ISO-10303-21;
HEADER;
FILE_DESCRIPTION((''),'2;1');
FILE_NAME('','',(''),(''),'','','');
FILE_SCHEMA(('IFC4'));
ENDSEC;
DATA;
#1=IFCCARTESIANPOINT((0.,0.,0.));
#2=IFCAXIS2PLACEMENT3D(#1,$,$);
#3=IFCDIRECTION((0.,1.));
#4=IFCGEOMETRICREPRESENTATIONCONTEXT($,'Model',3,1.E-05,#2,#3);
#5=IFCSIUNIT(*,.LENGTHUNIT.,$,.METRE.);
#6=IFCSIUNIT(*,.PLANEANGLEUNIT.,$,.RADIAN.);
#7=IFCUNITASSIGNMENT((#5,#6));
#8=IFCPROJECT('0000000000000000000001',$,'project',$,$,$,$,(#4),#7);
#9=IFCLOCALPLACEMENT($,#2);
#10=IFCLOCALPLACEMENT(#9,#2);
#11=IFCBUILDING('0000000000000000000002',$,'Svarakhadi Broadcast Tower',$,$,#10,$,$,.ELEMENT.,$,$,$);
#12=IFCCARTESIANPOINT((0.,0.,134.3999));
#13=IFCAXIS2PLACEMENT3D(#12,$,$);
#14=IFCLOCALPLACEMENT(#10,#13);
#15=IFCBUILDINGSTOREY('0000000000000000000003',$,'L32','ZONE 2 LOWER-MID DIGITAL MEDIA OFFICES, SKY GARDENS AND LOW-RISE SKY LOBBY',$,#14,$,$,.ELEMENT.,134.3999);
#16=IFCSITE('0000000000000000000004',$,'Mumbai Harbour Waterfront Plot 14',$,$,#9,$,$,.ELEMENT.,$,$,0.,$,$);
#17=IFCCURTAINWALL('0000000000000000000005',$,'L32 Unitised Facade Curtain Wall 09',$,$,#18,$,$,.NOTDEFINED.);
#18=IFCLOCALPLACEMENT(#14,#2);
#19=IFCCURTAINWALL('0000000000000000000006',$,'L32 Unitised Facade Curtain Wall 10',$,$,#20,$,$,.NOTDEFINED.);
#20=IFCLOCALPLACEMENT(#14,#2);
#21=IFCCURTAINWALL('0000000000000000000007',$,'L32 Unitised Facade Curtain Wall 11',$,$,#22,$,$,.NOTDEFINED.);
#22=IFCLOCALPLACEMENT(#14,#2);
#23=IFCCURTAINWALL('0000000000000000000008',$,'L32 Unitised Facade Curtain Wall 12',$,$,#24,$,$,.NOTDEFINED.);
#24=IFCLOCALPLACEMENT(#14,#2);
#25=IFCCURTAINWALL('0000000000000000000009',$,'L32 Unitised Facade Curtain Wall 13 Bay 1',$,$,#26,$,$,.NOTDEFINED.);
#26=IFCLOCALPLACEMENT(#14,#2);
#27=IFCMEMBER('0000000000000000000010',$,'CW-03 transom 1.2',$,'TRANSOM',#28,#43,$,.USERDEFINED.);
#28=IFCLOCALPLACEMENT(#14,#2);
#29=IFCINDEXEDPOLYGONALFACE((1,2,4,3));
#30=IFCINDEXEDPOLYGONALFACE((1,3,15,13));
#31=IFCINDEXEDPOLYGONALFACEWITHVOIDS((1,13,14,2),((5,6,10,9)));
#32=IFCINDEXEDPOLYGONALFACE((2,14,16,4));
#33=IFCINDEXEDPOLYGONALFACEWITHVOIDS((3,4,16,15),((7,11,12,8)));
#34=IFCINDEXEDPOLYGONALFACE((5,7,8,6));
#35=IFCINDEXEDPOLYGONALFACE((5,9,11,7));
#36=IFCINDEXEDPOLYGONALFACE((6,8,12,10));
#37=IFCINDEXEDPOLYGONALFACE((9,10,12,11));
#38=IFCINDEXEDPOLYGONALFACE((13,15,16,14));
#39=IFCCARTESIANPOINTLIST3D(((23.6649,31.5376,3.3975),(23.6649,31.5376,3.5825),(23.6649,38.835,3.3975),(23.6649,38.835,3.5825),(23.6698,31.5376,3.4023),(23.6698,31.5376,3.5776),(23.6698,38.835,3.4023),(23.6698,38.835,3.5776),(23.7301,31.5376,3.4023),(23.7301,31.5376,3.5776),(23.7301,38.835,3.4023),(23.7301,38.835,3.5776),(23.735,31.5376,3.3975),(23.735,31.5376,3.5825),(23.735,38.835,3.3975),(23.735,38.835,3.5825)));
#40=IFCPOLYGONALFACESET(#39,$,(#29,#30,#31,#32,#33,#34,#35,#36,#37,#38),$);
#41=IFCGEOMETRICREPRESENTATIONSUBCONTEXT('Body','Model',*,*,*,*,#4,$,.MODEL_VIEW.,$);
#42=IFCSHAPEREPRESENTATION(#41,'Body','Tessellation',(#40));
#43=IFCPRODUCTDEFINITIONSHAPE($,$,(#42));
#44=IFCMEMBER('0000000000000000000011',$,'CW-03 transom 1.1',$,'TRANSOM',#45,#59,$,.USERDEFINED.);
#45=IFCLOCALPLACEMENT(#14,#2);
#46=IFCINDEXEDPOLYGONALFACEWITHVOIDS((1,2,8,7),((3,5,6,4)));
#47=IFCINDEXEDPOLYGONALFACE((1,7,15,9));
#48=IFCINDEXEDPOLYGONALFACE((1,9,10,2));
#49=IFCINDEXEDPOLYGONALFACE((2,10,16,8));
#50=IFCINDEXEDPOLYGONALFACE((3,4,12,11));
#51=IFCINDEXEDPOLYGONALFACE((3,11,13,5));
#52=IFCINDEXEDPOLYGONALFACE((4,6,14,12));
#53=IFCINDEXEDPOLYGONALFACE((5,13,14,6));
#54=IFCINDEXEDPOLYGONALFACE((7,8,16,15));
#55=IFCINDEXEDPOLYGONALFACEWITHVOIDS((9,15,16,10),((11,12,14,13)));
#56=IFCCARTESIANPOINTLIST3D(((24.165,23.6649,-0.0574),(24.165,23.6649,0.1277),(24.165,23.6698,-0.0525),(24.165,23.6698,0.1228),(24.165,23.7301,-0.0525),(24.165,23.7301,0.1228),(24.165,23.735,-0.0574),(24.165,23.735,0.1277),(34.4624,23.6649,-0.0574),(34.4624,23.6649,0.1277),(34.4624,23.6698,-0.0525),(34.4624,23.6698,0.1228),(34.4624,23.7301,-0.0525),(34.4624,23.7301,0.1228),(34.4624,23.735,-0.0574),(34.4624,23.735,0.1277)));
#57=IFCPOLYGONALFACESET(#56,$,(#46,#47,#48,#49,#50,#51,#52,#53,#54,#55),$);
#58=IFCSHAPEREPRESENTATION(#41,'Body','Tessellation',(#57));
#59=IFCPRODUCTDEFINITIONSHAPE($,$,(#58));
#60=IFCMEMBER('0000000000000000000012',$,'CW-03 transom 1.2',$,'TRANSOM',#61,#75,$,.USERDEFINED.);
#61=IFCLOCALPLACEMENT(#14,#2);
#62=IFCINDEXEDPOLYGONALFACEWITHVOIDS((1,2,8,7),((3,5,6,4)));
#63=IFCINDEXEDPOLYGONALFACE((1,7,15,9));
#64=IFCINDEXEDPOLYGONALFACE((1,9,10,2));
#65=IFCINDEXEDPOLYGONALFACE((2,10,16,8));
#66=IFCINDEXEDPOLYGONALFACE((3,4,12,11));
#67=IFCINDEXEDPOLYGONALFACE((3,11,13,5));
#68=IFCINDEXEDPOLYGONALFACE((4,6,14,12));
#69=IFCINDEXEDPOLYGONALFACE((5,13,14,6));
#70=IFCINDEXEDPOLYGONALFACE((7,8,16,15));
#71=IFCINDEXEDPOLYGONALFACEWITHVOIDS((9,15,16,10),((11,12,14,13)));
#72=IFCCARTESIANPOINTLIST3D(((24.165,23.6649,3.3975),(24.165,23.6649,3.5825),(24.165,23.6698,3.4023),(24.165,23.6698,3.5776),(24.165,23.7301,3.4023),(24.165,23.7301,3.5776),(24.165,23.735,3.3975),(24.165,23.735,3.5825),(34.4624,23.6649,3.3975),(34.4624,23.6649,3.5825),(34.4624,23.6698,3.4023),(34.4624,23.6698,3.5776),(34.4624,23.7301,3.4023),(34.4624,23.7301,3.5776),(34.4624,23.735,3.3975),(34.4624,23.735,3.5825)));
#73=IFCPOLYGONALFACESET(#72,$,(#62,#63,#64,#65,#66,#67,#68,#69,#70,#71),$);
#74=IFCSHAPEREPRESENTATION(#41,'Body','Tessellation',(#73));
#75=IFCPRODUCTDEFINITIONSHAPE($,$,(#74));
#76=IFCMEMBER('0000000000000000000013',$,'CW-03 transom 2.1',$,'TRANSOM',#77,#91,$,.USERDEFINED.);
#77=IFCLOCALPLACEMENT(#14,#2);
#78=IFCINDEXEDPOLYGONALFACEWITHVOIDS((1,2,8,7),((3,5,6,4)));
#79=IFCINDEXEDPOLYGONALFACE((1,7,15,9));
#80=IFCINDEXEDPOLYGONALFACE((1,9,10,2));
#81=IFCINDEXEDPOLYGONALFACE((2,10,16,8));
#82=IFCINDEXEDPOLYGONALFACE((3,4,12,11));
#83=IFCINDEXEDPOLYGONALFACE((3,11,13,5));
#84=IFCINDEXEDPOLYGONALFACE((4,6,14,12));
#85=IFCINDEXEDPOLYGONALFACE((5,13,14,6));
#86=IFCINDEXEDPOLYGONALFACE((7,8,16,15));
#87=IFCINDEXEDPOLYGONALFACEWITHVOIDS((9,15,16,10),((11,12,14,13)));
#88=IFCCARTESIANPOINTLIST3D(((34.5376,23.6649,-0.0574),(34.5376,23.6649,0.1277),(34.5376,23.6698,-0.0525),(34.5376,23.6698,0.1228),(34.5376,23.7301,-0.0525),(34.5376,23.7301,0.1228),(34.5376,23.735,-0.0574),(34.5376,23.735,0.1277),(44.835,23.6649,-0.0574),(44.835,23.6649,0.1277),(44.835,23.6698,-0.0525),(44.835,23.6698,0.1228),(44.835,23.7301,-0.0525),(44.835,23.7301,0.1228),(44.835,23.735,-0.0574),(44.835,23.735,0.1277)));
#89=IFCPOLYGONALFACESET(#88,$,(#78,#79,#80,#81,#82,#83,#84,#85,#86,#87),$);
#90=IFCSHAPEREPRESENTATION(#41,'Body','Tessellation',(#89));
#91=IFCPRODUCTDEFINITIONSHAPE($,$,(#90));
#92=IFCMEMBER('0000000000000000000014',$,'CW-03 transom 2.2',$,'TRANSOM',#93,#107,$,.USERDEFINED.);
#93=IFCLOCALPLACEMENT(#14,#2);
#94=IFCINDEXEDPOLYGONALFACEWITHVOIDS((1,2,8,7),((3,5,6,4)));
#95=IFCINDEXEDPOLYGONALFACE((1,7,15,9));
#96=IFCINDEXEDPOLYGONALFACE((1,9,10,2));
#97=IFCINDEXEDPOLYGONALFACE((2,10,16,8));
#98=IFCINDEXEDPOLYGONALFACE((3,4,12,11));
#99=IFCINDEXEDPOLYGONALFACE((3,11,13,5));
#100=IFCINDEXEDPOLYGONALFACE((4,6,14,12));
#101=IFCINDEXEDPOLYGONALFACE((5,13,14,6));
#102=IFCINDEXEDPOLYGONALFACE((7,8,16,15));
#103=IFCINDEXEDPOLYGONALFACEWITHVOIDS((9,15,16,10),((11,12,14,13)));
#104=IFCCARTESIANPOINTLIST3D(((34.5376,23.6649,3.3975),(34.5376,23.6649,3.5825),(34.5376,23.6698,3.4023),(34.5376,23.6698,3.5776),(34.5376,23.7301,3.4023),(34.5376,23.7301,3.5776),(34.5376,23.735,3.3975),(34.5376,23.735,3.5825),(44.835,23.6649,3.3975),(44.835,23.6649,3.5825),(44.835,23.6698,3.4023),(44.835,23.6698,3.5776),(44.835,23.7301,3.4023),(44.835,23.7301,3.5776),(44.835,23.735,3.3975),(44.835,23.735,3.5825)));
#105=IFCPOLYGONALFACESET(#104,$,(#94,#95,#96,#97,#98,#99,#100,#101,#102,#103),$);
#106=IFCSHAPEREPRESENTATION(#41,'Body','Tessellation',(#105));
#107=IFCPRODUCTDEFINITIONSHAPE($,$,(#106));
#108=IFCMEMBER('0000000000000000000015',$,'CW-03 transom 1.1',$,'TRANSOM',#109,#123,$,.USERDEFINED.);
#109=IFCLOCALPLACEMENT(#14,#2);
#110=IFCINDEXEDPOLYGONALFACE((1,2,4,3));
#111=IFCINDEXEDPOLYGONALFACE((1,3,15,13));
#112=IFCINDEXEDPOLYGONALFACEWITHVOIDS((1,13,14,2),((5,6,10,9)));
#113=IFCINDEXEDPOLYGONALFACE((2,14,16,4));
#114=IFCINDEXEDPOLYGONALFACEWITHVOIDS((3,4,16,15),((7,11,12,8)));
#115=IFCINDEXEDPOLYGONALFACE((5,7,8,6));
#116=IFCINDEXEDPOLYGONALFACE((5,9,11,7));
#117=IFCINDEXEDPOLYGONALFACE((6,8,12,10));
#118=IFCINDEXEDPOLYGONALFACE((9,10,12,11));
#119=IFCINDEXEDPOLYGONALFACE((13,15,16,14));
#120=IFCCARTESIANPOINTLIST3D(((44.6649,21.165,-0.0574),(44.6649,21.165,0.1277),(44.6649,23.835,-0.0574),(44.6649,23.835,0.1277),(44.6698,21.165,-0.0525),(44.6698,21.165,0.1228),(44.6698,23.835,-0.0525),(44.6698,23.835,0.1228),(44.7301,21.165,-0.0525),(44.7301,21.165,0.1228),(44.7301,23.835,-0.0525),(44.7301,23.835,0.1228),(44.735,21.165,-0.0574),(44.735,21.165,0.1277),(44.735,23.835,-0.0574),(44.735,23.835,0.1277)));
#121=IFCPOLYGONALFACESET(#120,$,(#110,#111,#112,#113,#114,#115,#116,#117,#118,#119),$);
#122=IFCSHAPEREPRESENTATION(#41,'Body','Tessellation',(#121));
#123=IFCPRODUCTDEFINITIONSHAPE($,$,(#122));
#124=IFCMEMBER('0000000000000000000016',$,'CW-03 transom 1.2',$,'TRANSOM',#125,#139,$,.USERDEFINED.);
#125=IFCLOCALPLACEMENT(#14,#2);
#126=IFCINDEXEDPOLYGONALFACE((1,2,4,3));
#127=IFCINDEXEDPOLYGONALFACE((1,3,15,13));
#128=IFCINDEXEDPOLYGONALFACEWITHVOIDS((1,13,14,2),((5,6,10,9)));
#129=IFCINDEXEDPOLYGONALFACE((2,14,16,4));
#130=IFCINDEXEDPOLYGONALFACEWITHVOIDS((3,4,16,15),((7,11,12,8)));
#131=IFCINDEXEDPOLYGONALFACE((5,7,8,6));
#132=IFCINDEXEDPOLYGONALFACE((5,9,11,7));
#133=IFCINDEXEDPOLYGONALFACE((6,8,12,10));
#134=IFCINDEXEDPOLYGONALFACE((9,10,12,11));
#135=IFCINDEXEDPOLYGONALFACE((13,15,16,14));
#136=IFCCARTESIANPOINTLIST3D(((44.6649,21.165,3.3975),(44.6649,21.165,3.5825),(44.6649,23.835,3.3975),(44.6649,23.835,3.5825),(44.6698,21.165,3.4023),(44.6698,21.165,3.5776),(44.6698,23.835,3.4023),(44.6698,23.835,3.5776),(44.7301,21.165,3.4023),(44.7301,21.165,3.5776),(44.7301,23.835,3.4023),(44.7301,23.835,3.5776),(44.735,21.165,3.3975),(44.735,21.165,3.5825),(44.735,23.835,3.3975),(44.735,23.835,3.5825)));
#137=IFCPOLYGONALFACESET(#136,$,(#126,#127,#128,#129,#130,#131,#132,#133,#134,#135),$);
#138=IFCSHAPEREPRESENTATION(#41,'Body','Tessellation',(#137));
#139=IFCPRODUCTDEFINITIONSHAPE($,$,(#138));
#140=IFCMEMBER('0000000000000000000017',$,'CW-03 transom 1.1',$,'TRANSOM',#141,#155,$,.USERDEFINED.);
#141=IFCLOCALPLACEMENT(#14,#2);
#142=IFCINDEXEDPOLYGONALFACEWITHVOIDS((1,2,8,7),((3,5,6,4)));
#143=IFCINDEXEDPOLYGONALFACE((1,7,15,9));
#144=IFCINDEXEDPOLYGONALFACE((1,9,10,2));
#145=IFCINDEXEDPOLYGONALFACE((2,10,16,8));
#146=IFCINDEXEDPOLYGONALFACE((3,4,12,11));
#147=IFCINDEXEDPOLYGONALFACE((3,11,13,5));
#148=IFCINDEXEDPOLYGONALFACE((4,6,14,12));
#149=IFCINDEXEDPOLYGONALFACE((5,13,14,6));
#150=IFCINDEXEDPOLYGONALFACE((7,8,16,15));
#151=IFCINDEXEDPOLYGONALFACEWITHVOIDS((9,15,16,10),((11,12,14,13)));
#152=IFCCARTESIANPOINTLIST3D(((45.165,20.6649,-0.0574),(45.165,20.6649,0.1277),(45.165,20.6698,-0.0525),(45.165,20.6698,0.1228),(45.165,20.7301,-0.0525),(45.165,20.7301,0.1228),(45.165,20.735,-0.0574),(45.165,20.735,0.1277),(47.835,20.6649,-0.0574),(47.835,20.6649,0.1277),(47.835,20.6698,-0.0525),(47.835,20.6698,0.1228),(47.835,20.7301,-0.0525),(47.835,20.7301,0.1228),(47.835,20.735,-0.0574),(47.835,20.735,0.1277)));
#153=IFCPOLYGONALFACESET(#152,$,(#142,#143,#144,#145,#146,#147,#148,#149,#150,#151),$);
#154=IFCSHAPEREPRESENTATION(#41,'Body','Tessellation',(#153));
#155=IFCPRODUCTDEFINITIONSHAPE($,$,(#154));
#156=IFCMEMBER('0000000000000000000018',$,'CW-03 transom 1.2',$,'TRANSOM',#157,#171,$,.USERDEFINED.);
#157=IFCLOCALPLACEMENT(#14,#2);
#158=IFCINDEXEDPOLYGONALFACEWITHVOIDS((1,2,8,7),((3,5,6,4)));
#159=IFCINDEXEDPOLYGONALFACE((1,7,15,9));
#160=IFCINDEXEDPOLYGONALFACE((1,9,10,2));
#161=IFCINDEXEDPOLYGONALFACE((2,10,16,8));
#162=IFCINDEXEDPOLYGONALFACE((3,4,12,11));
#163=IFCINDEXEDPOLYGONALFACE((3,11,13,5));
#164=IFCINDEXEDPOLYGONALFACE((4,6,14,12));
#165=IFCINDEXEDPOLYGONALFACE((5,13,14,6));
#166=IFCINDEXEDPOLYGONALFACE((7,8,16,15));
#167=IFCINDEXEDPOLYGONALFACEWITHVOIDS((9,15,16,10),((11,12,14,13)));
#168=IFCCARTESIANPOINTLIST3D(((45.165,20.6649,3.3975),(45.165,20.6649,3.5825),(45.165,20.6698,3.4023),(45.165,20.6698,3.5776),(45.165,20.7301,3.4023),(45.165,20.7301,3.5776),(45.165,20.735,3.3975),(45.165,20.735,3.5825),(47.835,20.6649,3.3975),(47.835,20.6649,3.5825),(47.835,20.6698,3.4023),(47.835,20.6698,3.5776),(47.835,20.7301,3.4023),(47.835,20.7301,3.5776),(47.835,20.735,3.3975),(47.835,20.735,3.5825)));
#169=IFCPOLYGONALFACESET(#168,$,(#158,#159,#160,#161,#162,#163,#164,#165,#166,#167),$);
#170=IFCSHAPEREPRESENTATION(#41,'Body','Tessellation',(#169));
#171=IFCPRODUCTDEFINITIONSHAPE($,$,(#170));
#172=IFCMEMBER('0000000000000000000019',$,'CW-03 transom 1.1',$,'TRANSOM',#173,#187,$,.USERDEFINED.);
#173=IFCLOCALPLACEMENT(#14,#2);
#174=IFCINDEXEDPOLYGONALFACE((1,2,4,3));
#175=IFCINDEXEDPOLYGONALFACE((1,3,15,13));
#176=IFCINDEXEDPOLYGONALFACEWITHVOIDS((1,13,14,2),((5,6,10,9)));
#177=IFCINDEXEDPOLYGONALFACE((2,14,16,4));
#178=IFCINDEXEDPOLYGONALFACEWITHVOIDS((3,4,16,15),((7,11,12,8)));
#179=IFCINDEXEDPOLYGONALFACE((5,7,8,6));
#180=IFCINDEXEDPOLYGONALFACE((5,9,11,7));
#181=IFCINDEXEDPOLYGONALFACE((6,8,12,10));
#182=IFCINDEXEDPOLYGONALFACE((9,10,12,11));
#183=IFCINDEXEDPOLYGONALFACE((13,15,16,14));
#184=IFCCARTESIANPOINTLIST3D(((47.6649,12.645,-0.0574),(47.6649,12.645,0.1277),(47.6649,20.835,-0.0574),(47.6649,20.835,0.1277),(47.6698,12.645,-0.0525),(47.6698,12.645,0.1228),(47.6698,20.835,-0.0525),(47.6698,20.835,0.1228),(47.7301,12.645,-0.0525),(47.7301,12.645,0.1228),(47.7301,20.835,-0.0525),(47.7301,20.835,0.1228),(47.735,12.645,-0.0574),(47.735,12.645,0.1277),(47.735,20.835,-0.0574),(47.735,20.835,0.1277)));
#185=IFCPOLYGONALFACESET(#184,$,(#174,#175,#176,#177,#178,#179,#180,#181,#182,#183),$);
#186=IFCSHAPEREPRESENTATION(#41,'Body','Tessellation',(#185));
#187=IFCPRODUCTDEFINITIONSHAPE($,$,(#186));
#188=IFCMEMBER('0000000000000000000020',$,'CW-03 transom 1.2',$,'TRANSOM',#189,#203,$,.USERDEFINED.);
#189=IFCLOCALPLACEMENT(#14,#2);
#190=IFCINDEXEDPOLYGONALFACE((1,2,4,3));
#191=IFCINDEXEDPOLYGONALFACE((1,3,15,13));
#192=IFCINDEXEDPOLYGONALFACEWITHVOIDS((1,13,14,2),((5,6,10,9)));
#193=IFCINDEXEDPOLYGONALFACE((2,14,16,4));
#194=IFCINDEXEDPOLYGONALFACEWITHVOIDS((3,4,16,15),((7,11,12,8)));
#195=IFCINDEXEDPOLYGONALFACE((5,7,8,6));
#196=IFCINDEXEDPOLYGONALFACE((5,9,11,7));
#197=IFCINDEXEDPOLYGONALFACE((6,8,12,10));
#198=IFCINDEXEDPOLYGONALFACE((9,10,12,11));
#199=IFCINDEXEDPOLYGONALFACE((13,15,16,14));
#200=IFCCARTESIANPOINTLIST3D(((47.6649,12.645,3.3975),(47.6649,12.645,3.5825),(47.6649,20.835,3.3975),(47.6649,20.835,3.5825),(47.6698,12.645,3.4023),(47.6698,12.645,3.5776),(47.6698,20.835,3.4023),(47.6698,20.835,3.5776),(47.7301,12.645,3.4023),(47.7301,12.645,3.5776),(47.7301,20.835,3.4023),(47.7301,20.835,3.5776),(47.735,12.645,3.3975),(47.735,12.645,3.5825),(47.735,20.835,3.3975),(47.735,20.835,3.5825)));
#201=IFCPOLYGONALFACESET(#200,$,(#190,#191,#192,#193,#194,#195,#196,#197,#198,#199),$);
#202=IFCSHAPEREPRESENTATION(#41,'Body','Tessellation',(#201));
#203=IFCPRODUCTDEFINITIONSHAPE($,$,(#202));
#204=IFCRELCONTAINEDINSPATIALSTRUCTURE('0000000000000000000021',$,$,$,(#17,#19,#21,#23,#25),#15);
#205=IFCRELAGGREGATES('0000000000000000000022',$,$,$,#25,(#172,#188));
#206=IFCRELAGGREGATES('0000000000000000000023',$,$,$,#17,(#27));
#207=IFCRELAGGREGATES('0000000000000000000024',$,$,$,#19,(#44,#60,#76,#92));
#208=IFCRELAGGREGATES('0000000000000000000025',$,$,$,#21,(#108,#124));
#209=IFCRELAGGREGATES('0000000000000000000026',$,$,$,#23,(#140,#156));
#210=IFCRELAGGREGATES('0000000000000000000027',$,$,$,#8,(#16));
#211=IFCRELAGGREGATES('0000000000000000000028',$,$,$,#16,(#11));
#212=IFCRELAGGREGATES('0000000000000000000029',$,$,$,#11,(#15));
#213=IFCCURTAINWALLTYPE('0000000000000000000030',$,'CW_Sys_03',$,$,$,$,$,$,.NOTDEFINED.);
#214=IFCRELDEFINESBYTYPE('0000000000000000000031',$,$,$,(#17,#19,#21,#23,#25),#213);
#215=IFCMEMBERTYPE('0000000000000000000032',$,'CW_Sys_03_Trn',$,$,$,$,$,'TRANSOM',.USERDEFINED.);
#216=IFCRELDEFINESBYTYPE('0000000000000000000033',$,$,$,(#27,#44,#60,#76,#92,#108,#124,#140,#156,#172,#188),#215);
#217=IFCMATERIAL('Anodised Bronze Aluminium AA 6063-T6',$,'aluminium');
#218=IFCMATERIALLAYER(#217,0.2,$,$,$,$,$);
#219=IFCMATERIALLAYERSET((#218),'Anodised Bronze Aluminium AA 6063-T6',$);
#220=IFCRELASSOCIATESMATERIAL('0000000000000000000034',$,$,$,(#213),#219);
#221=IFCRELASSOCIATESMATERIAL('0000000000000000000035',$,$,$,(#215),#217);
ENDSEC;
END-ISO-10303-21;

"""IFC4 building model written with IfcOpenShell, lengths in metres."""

from ifc_helpers import new_model, si_unit, direction, frame, origin, origin_2d, place, context, subcontext, project, spatial, hollow_rectangle, extrude, material, layer, layer_set, material_profile, profile_set, type_object, element, aggregate, save


model = new_model("IFC4")

# Units and contexts
model_context = context("Model", 3, precision=1e-05, world=origin(), true_north=direction((0.0, 1.0)))
body_context = subcontext(model_context, "Body", "Model", "MODEL_VIEW")
ifc_project = project(units=[si_unit("LENGTHUNIT", "METRE"), si_unit("PLANEANGLEUNIT", "RADIAN")], contexts=[model_context])

# Site, building, storey
site_placement = place(None, origin())
site = spatial("IfcSite", under=ifc_project, at=site_placement, Name="Mumbai Harbour Waterfront Plot 14", CompositionType="ELEMENT", RefElevation=0.0)
building_placement = place(site_placement, origin())
building = spatial("IfcBuilding", under=site, at=building_placement, Name="Svarakhadi Broadcast Tower", CompositionType="ELEMENT")
storey_placement = place(building_placement, frame((0.0, 0.0, 134.3999)))
storey = spatial("IfcBuildingStorey", under=building, at=storey_placement, Name="L32", Description="ZONE 2 LOWER-MID DIGITAL MEDIA OFFICES, SKY GARDENS AND LOW-RISE SKY LOBBY", CompositionType="ELEMENT", Elevation=134.3999)

# Curtain wall
ifc_material_1 = material(Name="Anodised Bronze Aluminium AA 6063-T6", Category="aluminium")
ifc_layer_1 = layer(ifc_material_1, 0.2)
ifc_layer_set_1 = layer_set([ifc_layer_1], Name="Anodised Bronze Aluminium AA 6063-T6")
curtain_wall_type = type_object("IfcCurtainWallType", Name="CW_Sys_03", PredefinedType="NOTDEFINED", material=ifc_layer_set_1)
curtain_wall_1_placement = place(storey_placement, origin())
curtain_wall_1 = element("IfcCurtainWall", 1, at=curtain_wall_1_placement, inside=storey, type_object=curtain_wall_type, Name="L32 Unitised Facade Curtain Wall 09", PredefinedType="NOTDEFINED")

# Curtain walls
curtain_wall_2_placement = place(storey_placement, origin())
curtain_wall_2 = element("IfcCurtainWall", 2, at=curtain_wall_2_placement, inside=storey, type_object=curtain_wall_type, Name="L32 Unitised Facade Curtain Wall 10", PredefinedType="NOTDEFINED")
curtain_wall_3_placement = place(storey_placement, origin())
curtain_wall_3 = element("IfcCurtainWall", 3, at=curtain_wall_3_placement, inside=storey, type_object=curtain_wall_type, Name="L32 Unitised Facade Curtain Wall 11", PredefinedType="NOTDEFINED")
curtain_wall_4_placement = place(storey_placement, origin())
curtain_wall_4 = element("IfcCurtainWall", 4, at=curtain_wall_4_placement, inside=storey, type_object=curtain_wall_type, Name="L32 Unitised Facade Curtain Wall 12", PredefinedType="NOTDEFINED")

# Curtain wall
curtain_wall_5_placement = place(storey_placement, origin())
curtain_wall_5 = element("IfcCurtainWall", 5, at=curtain_wall_5_placement, inside=storey, type_object=curtain_wall_type, Name="L32 Unitised Facade Curtain Wall 13 Bay 1", PredefinedType="NOTDEFINED")

# Members
ifc_material_profile_1 = material_profile(ifc_material_1, hollow_rectangle(XDim=0.0701, YDim=0.1851, WallThickness=0.0049, at=origin_2d()), Name="ALU TRANSOM 185x70x5")
ifc_profile_set_1 = profile_set([ifc_material_profile_1], Name="Anodised Bronze Aluminium AA 6063-T6")
member_type_1 = type_object("IfcMemberType", Name="CW_Sys_03_Trn", ElementType="TRANSOM", PredefinedType="USERDEFINED", material=ifc_profile_set_1)
member_1_placement = place(storey_placement, frame((23.7, 38.835, 3.49), z_axis=(0.0, -1.0, 0.0), x_axis=(1.0, 0.0, 0.0)))
member_1 = element("IfcMember", 6, at=member_1_placement, type_object=member_type_1, Name="CW-03 transom 1.2", ObjectType="TRANSOM", PredefinedType="USERDEFINED", context=body_context, shape_type="SweptSolid", body=[
    extrude(hollow_rectangle(XDim=0.0701, YDim=0.1851, WallThickness=0.0049, at=origin_2d()), origin(), (0.0, 0.0, 1.0), 7.2974),
])
member_2_placement = place(storey_placement, frame((24.165, 23.7, 0.0352), z_axis=(1.0, 0.0, 0.0), x_axis=(0.0, 1.0, 0.0)))
member_2 = element("IfcMember", 7, at=member_2_placement, type_object=member_type_1, Name="CW-03 transom 1.1", ObjectType="TRANSOM", PredefinedType="USERDEFINED", context=body_context, shape_type="SweptSolid", body=[
    extrude(hollow_rectangle(XDim=0.0701, YDim=0.1851, WallThickness=0.0049, at=origin_2d()), origin(), (0.0, 0.0, 1.0), 10.2974),
])
member_3_placement = place(storey_placement, frame((24.165, 23.7, 3.49), z_axis=(1.0, 0.0, 0.0), x_axis=(0.0, 1.0, 0.0)))
member_3 = element("IfcMember", 8, at=member_3_placement, type_object=member_type_1, Name="CW-03 transom 1.2", ObjectType="TRANSOM", PredefinedType="USERDEFINED", context=body_context, shape_type="SweptSolid", body=[
    extrude(hollow_rectangle(XDim=0.0701, YDim=0.1851, WallThickness=0.0049, at=origin_2d()), origin(), (0.0, 0.0, 1.0), 10.2974),
])
member_4_placement = place(storey_placement, frame((34.5376, 23.7, 0.0352), z_axis=(1.0, 0.0, 0.0), x_axis=(0.0, 1.0, 0.0)))
member_4 = element("IfcMember", 9, at=member_4_placement, type_object=member_type_1, Name="CW-03 transom 2.1", ObjectType="TRANSOM", PredefinedType="USERDEFINED", context=body_context, shape_type="SweptSolid", body=[
    extrude(hollow_rectangle(XDim=0.0701, YDim=0.1851, WallThickness=0.0049, at=origin_2d()), origin(), (0.0, 0.0, 1.0), 10.2974),
])
member_5_placement = place(storey_placement, frame((34.5376, 23.7, 3.49), z_axis=(1.0, 0.0, 0.0), x_axis=(0.0, 1.0, 0.0)))
member_5 = element("IfcMember", 10, at=member_5_placement, type_object=member_type_1, Name="CW-03 transom 2.2", ObjectType="TRANSOM", PredefinedType="USERDEFINED", context=body_context, shape_type="SweptSolid", body=[
    extrude(hollow_rectangle(XDim=0.0701, YDim=0.1851, WallThickness=0.0049, at=origin_2d()), origin(), (0.0, 0.0, 1.0), 10.2974),
])
member_6_placement = place(storey_placement, frame((44.7, 23.835, 0.0352), z_axis=(0.0, -1.0, 0.0), x_axis=(1.0, 0.0, 0.0)))
member_6 = element("IfcMember", 11, at=member_6_placement, type_object=member_type_1, Name="CW-03 transom 1.1", ObjectType="TRANSOM", PredefinedType="USERDEFINED", context=body_context, shape_type="SweptSolid", body=[
    extrude(hollow_rectangle(XDim=0.0701, YDim=0.1851, WallThickness=0.0049, at=origin_2d()), origin(), (0.0, 0.0, 1.0), 2.6699),
])
member_7_placement = place(storey_placement, frame((44.7, 23.835, 3.49), z_axis=(0.0, -1.0, 0.0), x_axis=(1.0, 0.0, 0.0)))
member_7 = element("IfcMember", 12, at=member_7_placement, type_object=member_type_1, Name="CW-03 transom 1.2", ObjectType="TRANSOM", PredefinedType="USERDEFINED", context=body_context, shape_type="SweptSolid", body=[
    extrude(hollow_rectangle(XDim=0.0701, YDim=0.1851, WallThickness=0.0049, at=origin_2d()), origin(), (0.0, 0.0, 1.0), 2.6699),
])
member_8_placement = place(storey_placement, frame((45.165, 20.7, 0.0352), z_axis=(1.0, 0.0, 0.0), x_axis=(0.0, 1.0, 0.0)))
member_8 = element("IfcMember", 13, at=member_8_placement, type_object=member_type_1, Name="CW-03 transom 1.1", ObjectType="TRANSOM", PredefinedType="USERDEFINED", context=body_context, shape_type="SweptSolid", body=[
    extrude(hollow_rectangle(XDim=0.0701, YDim=0.1851, WallThickness=0.0049, at=origin_2d()), origin(), (0.0, 0.0, 1.0), 2.6699),
])
member_9_placement = place(storey_placement, frame((45.165, 20.7, 3.49), z_axis=(1.0, 0.0, 0.0), x_axis=(0.0, 1.0, 0.0)))
member_9 = element("IfcMember", 14, at=member_9_placement, type_object=member_type_1, Name="CW-03 transom 1.2", ObjectType="TRANSOM", PredefinedType="USERDEFINED", context=body_context, shape_type="SweptSolid", body=[
    extrude(hollow_rectangle(XDim=0.0701, YDim=0.1851, WallThickness=0.0049, at=origin_2d()), origin(), (0.0, 0.0, 1.0), 2.6699),
])
member_10_placement = place(storey_placement, frame((47.7, 20.835, 0.0352), z_axis=(0.0, -1.0, 0.0), x_axis=(1.0, 0.0, 0.0)))
member_10 = element("IfcMember", 15, at=member_10_placement, type_object=member_type_1, Name="CW-03 transom 1.1", ObjectType="TRANSOM", PredefinedType="USERDEFINED", context=body_context, shape_type="SweptSolid", body=[
    extrude(hollow_rectangle(XDim=0.0701, YDim=0.1851, WallThickness=0.0049, at=origin_2d()), origin(), (0.0, 0.0, 1.0), 8.1899),
])
member_11_placement = place(storey_placement, frame((47.7, 20.835, 3.49), z_axis=(0.0, -1.0, 0.0), x_axis=(1.0, 0.0, 0.0)))
member_11 = element("IfcMember", 16, at=member_11_placement, type_object=member_type_1, Name="CW-03 transom 1.2", ObjectType="TRANSOM", PredefinedType="USERDEFINED", context=body_context, shape_type="SweptSolid", body=[
    extrude(hollow_rectangle(XDim=0.0701, YDim=0.1851, WallThickness=0.0049, at=origin_2d()), origin(), (0.0, 0.0, 1.0), 8.1899),
])
aggregate(curtain_wall_5, [member_10, member_11])

aggregate(curtain_wall_1, [member_1])
aggregate(curtain_wall_2, [member_2, member_3, member_4, member_5])
aggregate(curtain_wall_3, [member_6, member_7])
aggregate(curtain_wall_4, [member_8, member_9])

save(model, "model.ifc")
